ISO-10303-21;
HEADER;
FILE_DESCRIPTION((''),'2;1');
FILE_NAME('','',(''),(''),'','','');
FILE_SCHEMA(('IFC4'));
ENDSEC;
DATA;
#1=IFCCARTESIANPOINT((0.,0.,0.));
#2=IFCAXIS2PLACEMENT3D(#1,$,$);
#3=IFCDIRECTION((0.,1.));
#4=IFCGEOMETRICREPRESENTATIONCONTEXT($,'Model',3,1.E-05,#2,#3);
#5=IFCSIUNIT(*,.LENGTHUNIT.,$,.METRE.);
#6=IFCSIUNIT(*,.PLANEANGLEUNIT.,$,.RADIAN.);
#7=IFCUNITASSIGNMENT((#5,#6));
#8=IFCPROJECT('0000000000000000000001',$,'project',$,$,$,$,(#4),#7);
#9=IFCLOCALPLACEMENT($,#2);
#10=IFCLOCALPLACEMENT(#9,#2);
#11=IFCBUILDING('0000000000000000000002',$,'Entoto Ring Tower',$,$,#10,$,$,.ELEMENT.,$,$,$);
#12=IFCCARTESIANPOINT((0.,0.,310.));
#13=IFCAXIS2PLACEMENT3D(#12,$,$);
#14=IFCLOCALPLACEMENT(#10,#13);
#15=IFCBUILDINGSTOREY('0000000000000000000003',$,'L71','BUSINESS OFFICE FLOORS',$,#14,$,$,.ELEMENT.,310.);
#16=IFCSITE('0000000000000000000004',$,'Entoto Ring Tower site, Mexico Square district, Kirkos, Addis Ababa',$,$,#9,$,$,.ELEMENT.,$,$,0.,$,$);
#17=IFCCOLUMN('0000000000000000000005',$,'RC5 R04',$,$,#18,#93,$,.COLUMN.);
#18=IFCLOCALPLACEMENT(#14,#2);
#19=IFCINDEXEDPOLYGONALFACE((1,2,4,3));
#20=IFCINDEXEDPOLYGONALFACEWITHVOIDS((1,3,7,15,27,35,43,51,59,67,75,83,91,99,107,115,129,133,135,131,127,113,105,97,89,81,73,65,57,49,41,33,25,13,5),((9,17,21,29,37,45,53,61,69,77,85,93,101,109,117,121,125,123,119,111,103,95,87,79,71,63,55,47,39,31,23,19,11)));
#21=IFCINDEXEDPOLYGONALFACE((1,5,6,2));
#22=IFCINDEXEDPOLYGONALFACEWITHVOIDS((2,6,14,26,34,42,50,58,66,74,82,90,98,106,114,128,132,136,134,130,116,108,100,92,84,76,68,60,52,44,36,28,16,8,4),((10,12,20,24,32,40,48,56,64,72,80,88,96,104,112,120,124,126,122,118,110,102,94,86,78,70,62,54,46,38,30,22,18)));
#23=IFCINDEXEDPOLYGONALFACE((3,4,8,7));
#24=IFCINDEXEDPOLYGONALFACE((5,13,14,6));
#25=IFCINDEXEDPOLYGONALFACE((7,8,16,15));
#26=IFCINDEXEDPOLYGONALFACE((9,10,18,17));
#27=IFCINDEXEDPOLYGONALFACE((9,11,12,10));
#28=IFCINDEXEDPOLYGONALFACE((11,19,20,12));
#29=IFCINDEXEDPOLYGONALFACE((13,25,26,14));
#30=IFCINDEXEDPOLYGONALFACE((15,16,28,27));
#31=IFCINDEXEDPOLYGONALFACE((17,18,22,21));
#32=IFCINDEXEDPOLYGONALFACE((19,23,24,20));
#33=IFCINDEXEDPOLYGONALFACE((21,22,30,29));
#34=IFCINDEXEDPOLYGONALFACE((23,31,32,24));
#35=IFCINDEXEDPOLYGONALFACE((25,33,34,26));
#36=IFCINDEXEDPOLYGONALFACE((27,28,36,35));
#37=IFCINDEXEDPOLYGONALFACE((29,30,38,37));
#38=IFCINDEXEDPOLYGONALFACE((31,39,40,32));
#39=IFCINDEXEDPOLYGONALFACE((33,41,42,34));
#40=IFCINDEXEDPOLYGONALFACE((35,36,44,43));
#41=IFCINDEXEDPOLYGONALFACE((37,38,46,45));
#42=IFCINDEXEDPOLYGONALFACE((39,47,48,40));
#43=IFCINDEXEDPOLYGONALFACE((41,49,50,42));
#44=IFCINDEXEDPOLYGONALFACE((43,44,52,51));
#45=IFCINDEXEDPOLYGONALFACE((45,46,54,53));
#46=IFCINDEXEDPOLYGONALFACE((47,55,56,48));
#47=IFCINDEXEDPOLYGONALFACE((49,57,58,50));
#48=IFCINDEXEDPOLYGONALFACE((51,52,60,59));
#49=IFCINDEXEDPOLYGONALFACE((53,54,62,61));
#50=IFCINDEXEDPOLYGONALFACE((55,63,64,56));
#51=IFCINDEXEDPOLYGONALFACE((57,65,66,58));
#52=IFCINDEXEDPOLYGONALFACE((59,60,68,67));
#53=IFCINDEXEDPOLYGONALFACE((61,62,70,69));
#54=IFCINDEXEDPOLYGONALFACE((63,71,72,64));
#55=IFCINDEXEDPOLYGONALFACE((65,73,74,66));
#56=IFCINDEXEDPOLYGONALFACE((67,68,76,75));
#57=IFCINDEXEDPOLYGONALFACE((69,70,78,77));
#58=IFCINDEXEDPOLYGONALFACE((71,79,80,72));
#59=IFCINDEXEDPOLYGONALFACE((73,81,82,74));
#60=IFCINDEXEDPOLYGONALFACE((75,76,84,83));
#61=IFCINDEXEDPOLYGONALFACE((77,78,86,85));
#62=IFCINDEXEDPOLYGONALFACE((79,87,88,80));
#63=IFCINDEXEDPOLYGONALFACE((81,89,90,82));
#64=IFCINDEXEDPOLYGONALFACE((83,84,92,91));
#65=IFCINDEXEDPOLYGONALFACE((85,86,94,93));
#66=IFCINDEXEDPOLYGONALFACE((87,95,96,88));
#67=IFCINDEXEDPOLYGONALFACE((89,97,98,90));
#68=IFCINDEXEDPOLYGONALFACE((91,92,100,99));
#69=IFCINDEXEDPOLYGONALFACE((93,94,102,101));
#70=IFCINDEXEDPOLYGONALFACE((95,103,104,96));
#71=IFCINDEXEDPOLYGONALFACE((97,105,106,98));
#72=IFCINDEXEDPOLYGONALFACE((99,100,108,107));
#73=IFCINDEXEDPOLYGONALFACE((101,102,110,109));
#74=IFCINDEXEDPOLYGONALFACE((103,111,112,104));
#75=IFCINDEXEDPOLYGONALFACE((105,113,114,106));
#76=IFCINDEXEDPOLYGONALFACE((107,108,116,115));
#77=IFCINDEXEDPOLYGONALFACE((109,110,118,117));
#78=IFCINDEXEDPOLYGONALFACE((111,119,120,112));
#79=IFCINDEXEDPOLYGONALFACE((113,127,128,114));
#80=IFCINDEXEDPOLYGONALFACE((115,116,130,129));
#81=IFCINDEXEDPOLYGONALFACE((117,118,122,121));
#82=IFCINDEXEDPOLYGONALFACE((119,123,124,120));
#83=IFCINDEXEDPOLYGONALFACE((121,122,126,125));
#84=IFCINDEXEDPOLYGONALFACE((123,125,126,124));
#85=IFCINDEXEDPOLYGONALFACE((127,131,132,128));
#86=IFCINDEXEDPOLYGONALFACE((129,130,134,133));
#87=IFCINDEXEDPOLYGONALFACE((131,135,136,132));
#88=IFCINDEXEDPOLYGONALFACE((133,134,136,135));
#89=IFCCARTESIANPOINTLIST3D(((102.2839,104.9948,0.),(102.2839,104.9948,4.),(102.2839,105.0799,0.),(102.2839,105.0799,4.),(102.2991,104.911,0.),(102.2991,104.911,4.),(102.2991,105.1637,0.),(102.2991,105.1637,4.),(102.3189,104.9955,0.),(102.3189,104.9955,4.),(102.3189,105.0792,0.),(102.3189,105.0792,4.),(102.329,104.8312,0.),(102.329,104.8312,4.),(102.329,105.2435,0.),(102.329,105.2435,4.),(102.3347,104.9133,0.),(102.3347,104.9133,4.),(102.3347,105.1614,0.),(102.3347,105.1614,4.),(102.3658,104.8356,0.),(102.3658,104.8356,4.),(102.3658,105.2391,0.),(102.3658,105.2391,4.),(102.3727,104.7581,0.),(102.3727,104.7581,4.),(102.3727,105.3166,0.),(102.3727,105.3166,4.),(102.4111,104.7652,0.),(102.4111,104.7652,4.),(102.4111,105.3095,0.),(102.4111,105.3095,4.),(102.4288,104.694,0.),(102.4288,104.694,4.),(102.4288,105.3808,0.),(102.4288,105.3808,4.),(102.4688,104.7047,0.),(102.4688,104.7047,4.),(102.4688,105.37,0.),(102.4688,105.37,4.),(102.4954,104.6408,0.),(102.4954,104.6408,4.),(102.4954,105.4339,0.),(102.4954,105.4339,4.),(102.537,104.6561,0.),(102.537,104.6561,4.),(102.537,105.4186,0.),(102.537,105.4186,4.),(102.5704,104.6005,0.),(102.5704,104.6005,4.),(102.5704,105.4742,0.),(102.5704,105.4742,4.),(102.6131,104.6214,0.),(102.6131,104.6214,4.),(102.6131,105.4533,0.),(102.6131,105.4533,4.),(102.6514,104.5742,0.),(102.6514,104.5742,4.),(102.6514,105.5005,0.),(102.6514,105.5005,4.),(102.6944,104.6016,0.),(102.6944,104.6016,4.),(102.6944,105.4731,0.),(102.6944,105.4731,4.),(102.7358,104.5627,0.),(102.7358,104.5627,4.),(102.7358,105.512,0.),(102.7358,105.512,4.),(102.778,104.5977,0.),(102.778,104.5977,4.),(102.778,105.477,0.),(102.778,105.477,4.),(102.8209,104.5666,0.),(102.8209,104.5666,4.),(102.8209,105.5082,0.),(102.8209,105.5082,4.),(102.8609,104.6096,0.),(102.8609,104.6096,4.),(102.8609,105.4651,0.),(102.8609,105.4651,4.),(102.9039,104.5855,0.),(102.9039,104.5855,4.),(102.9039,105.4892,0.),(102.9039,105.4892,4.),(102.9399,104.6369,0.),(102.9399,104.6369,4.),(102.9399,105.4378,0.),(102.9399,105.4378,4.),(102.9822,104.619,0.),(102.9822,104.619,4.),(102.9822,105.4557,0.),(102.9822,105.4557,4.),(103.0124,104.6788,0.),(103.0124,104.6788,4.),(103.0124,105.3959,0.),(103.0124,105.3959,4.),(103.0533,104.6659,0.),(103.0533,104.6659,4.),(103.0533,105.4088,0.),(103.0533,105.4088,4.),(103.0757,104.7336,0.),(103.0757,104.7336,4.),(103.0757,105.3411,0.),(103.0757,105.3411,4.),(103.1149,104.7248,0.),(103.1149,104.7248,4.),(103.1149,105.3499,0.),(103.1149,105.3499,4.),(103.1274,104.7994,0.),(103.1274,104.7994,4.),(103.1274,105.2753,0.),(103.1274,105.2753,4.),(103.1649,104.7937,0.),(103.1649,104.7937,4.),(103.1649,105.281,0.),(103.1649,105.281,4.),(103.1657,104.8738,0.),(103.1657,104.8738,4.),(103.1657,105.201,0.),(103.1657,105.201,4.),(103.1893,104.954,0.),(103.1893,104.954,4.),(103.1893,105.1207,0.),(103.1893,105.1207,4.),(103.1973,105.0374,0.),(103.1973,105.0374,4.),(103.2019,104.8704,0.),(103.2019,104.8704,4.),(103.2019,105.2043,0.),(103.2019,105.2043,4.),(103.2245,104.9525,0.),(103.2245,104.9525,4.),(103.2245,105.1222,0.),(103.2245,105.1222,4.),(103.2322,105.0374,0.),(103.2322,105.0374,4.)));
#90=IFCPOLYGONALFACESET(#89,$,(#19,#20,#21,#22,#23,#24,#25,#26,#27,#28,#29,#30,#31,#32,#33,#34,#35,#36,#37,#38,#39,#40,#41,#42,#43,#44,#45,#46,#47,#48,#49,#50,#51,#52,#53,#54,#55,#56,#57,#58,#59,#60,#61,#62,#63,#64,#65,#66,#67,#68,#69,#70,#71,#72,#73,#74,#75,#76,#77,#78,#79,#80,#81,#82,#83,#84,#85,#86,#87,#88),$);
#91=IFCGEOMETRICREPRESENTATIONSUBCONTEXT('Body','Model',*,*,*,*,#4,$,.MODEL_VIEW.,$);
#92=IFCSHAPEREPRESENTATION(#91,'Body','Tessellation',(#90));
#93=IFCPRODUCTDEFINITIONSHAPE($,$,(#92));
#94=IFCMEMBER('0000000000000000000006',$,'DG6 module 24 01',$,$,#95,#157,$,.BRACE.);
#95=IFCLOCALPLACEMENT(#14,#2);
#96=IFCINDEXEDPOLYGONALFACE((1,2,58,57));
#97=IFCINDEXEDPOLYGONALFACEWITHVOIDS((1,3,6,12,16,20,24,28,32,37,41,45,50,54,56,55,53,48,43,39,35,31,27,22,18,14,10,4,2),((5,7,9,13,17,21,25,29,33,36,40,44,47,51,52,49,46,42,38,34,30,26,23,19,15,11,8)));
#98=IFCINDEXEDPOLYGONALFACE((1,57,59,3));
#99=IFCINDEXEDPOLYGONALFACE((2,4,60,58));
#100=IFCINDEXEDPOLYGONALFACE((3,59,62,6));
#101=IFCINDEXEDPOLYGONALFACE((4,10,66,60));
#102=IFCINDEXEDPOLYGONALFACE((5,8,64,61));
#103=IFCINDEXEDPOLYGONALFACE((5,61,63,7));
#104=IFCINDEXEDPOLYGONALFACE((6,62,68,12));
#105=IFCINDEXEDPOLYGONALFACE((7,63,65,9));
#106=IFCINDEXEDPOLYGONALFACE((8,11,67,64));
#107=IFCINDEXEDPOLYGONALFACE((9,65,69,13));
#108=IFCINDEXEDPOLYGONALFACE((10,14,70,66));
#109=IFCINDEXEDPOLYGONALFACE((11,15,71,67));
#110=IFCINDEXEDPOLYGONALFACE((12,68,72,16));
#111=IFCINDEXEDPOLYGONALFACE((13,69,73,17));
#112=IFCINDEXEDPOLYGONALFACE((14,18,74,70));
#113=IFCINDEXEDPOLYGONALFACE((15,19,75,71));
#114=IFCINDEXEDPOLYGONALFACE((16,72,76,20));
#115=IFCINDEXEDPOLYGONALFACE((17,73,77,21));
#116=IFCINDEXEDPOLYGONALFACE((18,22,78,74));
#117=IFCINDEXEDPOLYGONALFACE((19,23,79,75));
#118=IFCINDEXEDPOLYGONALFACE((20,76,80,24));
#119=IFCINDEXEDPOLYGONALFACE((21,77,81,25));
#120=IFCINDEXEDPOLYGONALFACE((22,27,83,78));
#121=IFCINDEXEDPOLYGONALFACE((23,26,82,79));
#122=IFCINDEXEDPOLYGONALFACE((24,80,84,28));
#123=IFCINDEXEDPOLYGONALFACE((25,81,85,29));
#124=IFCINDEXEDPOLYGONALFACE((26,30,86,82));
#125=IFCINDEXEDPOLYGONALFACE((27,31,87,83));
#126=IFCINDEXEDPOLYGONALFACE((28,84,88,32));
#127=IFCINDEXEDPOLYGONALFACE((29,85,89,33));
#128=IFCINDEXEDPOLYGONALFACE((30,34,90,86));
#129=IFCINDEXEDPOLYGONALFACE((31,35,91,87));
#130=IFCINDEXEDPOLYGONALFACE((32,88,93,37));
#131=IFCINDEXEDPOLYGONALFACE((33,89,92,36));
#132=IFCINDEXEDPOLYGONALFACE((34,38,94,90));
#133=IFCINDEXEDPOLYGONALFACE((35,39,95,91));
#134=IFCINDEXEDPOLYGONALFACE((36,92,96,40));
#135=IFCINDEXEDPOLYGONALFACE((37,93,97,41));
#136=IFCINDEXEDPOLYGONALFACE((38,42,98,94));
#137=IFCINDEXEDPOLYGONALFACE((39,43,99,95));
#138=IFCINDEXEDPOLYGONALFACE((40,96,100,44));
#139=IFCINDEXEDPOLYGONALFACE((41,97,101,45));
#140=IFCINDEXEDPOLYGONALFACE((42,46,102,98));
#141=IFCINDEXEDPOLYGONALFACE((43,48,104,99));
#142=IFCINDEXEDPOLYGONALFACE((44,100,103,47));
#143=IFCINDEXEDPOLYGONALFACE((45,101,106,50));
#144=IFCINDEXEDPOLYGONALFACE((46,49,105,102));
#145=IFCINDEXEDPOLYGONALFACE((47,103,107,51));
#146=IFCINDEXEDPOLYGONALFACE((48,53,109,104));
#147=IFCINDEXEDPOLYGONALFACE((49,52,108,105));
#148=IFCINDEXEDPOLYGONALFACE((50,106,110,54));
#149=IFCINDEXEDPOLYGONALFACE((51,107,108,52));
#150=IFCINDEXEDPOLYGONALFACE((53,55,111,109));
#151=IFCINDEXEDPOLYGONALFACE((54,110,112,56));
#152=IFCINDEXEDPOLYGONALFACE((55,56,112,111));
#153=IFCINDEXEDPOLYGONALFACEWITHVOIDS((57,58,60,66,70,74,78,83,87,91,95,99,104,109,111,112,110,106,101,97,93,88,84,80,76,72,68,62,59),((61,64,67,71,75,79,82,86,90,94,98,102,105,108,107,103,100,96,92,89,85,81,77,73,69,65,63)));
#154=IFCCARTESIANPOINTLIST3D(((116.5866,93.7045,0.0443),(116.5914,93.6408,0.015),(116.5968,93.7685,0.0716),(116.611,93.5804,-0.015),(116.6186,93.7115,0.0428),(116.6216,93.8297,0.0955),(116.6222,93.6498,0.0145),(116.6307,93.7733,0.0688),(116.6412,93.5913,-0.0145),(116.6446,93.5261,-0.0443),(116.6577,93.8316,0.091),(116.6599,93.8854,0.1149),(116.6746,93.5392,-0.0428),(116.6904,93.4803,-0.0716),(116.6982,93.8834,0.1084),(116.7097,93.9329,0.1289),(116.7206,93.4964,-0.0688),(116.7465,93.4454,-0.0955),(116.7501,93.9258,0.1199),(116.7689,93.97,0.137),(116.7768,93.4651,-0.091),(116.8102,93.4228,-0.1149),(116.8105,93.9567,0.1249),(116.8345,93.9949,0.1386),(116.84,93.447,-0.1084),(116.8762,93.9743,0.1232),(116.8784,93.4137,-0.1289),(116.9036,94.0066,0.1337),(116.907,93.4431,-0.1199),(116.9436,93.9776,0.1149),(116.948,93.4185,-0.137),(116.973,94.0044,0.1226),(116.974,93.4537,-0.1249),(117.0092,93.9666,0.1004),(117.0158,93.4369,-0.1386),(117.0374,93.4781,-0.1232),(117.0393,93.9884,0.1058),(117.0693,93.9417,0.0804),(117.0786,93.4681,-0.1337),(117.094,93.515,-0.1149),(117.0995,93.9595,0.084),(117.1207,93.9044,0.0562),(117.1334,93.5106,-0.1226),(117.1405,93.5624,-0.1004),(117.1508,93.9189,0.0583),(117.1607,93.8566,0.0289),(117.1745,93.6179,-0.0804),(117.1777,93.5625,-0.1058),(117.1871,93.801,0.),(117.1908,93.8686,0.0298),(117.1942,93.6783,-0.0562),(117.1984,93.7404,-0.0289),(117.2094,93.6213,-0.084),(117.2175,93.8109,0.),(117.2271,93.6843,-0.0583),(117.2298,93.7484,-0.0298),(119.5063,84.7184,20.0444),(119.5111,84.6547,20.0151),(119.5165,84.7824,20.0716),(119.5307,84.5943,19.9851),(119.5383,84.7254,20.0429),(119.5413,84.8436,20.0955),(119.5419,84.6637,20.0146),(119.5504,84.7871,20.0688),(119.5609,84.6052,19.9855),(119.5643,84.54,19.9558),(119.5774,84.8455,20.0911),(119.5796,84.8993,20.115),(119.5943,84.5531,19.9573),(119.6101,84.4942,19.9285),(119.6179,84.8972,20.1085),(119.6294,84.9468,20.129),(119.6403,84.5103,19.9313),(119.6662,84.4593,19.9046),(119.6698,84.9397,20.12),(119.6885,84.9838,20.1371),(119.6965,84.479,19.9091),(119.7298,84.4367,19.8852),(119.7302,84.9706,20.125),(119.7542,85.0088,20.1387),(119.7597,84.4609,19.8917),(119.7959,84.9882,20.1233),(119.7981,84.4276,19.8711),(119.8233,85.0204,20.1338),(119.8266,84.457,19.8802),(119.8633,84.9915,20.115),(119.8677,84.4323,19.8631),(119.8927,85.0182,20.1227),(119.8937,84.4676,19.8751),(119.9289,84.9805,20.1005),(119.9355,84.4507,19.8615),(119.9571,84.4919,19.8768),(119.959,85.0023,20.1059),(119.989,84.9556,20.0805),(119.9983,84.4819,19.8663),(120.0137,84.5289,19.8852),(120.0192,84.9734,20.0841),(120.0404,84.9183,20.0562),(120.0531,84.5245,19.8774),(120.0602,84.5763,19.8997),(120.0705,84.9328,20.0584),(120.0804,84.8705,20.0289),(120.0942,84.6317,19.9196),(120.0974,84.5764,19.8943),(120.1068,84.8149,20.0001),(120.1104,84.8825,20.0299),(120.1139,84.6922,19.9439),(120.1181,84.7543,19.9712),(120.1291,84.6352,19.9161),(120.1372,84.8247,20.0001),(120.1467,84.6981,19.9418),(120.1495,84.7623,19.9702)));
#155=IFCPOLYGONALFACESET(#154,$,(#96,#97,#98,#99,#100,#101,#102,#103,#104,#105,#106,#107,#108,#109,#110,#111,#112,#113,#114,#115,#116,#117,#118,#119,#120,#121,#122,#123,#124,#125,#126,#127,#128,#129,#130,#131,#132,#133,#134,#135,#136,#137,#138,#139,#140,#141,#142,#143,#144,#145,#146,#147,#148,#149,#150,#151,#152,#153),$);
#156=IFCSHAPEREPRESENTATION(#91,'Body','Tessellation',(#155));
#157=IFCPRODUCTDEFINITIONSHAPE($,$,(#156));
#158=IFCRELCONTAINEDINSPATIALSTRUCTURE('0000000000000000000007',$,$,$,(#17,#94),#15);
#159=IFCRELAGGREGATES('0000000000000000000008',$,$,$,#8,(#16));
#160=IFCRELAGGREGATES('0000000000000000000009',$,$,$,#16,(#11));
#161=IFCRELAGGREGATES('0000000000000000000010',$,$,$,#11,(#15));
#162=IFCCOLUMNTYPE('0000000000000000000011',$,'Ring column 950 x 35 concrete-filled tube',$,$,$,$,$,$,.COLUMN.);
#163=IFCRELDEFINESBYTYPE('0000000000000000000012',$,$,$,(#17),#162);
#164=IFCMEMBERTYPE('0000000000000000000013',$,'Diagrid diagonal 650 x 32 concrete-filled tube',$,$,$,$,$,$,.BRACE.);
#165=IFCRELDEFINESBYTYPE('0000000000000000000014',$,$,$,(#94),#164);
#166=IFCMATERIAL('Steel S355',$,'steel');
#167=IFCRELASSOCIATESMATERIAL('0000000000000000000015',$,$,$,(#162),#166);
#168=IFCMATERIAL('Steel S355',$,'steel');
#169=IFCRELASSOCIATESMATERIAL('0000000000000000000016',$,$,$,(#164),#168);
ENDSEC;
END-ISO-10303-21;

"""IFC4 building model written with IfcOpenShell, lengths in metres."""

from ifc_helpers import new_model, si_unit, direction, frame, origin, origin_2d, place, context, subcontext, project, spatial, circle, hollow_circle, extrude, material, material_profile, profile_set, type_object, element, save


model = new_model("IFC4")

# Units and contexts
model_context = context("Model", 3, precision=1e-05, world=origin(), true_north=direction((0.0, 1.0)))
body_context = subcontext(model_context, "Body", "Model", "MODEL_VIEW")
ifc_project = project(units=[si_unit("LENGTHUNIT", "METRE"), si_unit("PLANEANGLEUNIT", "RADIAN")], contexts=[model_context])

# Site, building, storey
site_placement = place(None, origin())
site = spatial("IfcSite", under=ifc_project, at=site_placement, Name="Entoto Ring Tower site, Mexico Square district, Kirkos, Addis Ababa", CompositionType="ELEMENT", RefElevation=0.0)
building_placement = place(site_placement, origin())
building = spatial("IfcBuilding", under=site, at=building_placement, Name="Entoto Ring Tower", CompositionType="ELEMENT")
storey_placement = place(building_placement, frame((0.0, 0.0, 310.0)))
storey = spatial("IfcBuildingStorey", under=building, at=storey_placement, Name="L71", Description="BUSINESS OFFICE FLOORS", CompositionType="ELEMENT", Elevation=310.0)

# Column
ifc_material_1 = material(Name="Steel S355", Category="steel")
ifc_material_profile_1 = material_profile(ifc_material_1, hollow_circle(Radius=0.4751, WallThickness=0.0349, at=origin_2d()), Name="CHS 950 x 35")
ifc_material_2 = material(Name="Concrete C60/75", Category="concrete")
ifc_material_profile_2 = material_profile(ifc_material_2, circle(Radius=0.4399, at=origin_2d()), Name="Concrete C60/75 infill")
ifc_profile_set_1 = profile_set([ifc_material_profile_1, ifc_material_profile_2], Name="Steel S355")
column_type = type_object("IfcColumnType", Name="Ring column 950 x 35 concrete-filled tube", PredefinedType="COLUMN", material=ifc_profile_set_1)
for number, where, z_axis, x_axis, name in (
    (1, (102.7571, 105.0374, 0.0), (0.0, 0.0, 1.0), (1.0, 0.0, 0.0), "RC5 R04"),
):
    element("IfcColumn", number, at=place(storey_placement, frame(where, z_axis=z_axis, x_axis=x_axis)), inside=storey, type_object=column_type, Name=name, PredefinedType="COLUMN", context=body_context, shape_type="SweptSolid", body=[
        extrude(hollow_circle(Radius=0.4751, WallThickness=0.0349, at=origin_2d()), origin(), (0.0, 0.0, 1.0), 4.0),
    ])

# Member
ifc_material_3 = material(Name="Steel S355", Category="steel")
ifc_material_profile_3 = material_profile(ifc_material_3, hollow_circle(Radius=0.325, WallThickness=0.032, at=origin_2d()), Name="CHS 650 x 32")
ifc_material_4 = material(Name="Concrete C60/75", Category="concrete")
ifc_material_profile_4 = material_profile(ifc_material_4, circle(Radius=0.293, at=origin_2d()), Name="Concrete C60/75 infill")
ifc_profile_set_2 = profile_set([ifc_material_profile_3, ifc_material_profile_4], Name="Steel S355")
member_type_1 = type_object("IfcMemberType", Name="Diagrid diagonal 650 x 32 concrete-filled tube", PredefinedType="BRACE", material=ifc_profile_set_2)
for number, where, z_axis, x_axis, name in (
    (2, (116.9084, 93.7104, 0.0), (0.131995, -0.406251, 0.904178), (0.951059, 0.30901, 0.0), "DG6 module 24 01"),
):
    element("IfcMember", number, at=place(storey_placement, frame(where, z_axis=z_axis, x_axis=x_axis)), inside=storey, type_object=member_type_1, Name=name, PredefinedType="BRACE", context=body_context, shape_type="SweptSolid", body=[
        extrude(hollow_circle(Radius=0.325, WallThickness=0.032, at=origin_2d()), origin(), (0.0, 0.0, 1.0), 22.1196),
    ])

save(model, "model.ifc")
